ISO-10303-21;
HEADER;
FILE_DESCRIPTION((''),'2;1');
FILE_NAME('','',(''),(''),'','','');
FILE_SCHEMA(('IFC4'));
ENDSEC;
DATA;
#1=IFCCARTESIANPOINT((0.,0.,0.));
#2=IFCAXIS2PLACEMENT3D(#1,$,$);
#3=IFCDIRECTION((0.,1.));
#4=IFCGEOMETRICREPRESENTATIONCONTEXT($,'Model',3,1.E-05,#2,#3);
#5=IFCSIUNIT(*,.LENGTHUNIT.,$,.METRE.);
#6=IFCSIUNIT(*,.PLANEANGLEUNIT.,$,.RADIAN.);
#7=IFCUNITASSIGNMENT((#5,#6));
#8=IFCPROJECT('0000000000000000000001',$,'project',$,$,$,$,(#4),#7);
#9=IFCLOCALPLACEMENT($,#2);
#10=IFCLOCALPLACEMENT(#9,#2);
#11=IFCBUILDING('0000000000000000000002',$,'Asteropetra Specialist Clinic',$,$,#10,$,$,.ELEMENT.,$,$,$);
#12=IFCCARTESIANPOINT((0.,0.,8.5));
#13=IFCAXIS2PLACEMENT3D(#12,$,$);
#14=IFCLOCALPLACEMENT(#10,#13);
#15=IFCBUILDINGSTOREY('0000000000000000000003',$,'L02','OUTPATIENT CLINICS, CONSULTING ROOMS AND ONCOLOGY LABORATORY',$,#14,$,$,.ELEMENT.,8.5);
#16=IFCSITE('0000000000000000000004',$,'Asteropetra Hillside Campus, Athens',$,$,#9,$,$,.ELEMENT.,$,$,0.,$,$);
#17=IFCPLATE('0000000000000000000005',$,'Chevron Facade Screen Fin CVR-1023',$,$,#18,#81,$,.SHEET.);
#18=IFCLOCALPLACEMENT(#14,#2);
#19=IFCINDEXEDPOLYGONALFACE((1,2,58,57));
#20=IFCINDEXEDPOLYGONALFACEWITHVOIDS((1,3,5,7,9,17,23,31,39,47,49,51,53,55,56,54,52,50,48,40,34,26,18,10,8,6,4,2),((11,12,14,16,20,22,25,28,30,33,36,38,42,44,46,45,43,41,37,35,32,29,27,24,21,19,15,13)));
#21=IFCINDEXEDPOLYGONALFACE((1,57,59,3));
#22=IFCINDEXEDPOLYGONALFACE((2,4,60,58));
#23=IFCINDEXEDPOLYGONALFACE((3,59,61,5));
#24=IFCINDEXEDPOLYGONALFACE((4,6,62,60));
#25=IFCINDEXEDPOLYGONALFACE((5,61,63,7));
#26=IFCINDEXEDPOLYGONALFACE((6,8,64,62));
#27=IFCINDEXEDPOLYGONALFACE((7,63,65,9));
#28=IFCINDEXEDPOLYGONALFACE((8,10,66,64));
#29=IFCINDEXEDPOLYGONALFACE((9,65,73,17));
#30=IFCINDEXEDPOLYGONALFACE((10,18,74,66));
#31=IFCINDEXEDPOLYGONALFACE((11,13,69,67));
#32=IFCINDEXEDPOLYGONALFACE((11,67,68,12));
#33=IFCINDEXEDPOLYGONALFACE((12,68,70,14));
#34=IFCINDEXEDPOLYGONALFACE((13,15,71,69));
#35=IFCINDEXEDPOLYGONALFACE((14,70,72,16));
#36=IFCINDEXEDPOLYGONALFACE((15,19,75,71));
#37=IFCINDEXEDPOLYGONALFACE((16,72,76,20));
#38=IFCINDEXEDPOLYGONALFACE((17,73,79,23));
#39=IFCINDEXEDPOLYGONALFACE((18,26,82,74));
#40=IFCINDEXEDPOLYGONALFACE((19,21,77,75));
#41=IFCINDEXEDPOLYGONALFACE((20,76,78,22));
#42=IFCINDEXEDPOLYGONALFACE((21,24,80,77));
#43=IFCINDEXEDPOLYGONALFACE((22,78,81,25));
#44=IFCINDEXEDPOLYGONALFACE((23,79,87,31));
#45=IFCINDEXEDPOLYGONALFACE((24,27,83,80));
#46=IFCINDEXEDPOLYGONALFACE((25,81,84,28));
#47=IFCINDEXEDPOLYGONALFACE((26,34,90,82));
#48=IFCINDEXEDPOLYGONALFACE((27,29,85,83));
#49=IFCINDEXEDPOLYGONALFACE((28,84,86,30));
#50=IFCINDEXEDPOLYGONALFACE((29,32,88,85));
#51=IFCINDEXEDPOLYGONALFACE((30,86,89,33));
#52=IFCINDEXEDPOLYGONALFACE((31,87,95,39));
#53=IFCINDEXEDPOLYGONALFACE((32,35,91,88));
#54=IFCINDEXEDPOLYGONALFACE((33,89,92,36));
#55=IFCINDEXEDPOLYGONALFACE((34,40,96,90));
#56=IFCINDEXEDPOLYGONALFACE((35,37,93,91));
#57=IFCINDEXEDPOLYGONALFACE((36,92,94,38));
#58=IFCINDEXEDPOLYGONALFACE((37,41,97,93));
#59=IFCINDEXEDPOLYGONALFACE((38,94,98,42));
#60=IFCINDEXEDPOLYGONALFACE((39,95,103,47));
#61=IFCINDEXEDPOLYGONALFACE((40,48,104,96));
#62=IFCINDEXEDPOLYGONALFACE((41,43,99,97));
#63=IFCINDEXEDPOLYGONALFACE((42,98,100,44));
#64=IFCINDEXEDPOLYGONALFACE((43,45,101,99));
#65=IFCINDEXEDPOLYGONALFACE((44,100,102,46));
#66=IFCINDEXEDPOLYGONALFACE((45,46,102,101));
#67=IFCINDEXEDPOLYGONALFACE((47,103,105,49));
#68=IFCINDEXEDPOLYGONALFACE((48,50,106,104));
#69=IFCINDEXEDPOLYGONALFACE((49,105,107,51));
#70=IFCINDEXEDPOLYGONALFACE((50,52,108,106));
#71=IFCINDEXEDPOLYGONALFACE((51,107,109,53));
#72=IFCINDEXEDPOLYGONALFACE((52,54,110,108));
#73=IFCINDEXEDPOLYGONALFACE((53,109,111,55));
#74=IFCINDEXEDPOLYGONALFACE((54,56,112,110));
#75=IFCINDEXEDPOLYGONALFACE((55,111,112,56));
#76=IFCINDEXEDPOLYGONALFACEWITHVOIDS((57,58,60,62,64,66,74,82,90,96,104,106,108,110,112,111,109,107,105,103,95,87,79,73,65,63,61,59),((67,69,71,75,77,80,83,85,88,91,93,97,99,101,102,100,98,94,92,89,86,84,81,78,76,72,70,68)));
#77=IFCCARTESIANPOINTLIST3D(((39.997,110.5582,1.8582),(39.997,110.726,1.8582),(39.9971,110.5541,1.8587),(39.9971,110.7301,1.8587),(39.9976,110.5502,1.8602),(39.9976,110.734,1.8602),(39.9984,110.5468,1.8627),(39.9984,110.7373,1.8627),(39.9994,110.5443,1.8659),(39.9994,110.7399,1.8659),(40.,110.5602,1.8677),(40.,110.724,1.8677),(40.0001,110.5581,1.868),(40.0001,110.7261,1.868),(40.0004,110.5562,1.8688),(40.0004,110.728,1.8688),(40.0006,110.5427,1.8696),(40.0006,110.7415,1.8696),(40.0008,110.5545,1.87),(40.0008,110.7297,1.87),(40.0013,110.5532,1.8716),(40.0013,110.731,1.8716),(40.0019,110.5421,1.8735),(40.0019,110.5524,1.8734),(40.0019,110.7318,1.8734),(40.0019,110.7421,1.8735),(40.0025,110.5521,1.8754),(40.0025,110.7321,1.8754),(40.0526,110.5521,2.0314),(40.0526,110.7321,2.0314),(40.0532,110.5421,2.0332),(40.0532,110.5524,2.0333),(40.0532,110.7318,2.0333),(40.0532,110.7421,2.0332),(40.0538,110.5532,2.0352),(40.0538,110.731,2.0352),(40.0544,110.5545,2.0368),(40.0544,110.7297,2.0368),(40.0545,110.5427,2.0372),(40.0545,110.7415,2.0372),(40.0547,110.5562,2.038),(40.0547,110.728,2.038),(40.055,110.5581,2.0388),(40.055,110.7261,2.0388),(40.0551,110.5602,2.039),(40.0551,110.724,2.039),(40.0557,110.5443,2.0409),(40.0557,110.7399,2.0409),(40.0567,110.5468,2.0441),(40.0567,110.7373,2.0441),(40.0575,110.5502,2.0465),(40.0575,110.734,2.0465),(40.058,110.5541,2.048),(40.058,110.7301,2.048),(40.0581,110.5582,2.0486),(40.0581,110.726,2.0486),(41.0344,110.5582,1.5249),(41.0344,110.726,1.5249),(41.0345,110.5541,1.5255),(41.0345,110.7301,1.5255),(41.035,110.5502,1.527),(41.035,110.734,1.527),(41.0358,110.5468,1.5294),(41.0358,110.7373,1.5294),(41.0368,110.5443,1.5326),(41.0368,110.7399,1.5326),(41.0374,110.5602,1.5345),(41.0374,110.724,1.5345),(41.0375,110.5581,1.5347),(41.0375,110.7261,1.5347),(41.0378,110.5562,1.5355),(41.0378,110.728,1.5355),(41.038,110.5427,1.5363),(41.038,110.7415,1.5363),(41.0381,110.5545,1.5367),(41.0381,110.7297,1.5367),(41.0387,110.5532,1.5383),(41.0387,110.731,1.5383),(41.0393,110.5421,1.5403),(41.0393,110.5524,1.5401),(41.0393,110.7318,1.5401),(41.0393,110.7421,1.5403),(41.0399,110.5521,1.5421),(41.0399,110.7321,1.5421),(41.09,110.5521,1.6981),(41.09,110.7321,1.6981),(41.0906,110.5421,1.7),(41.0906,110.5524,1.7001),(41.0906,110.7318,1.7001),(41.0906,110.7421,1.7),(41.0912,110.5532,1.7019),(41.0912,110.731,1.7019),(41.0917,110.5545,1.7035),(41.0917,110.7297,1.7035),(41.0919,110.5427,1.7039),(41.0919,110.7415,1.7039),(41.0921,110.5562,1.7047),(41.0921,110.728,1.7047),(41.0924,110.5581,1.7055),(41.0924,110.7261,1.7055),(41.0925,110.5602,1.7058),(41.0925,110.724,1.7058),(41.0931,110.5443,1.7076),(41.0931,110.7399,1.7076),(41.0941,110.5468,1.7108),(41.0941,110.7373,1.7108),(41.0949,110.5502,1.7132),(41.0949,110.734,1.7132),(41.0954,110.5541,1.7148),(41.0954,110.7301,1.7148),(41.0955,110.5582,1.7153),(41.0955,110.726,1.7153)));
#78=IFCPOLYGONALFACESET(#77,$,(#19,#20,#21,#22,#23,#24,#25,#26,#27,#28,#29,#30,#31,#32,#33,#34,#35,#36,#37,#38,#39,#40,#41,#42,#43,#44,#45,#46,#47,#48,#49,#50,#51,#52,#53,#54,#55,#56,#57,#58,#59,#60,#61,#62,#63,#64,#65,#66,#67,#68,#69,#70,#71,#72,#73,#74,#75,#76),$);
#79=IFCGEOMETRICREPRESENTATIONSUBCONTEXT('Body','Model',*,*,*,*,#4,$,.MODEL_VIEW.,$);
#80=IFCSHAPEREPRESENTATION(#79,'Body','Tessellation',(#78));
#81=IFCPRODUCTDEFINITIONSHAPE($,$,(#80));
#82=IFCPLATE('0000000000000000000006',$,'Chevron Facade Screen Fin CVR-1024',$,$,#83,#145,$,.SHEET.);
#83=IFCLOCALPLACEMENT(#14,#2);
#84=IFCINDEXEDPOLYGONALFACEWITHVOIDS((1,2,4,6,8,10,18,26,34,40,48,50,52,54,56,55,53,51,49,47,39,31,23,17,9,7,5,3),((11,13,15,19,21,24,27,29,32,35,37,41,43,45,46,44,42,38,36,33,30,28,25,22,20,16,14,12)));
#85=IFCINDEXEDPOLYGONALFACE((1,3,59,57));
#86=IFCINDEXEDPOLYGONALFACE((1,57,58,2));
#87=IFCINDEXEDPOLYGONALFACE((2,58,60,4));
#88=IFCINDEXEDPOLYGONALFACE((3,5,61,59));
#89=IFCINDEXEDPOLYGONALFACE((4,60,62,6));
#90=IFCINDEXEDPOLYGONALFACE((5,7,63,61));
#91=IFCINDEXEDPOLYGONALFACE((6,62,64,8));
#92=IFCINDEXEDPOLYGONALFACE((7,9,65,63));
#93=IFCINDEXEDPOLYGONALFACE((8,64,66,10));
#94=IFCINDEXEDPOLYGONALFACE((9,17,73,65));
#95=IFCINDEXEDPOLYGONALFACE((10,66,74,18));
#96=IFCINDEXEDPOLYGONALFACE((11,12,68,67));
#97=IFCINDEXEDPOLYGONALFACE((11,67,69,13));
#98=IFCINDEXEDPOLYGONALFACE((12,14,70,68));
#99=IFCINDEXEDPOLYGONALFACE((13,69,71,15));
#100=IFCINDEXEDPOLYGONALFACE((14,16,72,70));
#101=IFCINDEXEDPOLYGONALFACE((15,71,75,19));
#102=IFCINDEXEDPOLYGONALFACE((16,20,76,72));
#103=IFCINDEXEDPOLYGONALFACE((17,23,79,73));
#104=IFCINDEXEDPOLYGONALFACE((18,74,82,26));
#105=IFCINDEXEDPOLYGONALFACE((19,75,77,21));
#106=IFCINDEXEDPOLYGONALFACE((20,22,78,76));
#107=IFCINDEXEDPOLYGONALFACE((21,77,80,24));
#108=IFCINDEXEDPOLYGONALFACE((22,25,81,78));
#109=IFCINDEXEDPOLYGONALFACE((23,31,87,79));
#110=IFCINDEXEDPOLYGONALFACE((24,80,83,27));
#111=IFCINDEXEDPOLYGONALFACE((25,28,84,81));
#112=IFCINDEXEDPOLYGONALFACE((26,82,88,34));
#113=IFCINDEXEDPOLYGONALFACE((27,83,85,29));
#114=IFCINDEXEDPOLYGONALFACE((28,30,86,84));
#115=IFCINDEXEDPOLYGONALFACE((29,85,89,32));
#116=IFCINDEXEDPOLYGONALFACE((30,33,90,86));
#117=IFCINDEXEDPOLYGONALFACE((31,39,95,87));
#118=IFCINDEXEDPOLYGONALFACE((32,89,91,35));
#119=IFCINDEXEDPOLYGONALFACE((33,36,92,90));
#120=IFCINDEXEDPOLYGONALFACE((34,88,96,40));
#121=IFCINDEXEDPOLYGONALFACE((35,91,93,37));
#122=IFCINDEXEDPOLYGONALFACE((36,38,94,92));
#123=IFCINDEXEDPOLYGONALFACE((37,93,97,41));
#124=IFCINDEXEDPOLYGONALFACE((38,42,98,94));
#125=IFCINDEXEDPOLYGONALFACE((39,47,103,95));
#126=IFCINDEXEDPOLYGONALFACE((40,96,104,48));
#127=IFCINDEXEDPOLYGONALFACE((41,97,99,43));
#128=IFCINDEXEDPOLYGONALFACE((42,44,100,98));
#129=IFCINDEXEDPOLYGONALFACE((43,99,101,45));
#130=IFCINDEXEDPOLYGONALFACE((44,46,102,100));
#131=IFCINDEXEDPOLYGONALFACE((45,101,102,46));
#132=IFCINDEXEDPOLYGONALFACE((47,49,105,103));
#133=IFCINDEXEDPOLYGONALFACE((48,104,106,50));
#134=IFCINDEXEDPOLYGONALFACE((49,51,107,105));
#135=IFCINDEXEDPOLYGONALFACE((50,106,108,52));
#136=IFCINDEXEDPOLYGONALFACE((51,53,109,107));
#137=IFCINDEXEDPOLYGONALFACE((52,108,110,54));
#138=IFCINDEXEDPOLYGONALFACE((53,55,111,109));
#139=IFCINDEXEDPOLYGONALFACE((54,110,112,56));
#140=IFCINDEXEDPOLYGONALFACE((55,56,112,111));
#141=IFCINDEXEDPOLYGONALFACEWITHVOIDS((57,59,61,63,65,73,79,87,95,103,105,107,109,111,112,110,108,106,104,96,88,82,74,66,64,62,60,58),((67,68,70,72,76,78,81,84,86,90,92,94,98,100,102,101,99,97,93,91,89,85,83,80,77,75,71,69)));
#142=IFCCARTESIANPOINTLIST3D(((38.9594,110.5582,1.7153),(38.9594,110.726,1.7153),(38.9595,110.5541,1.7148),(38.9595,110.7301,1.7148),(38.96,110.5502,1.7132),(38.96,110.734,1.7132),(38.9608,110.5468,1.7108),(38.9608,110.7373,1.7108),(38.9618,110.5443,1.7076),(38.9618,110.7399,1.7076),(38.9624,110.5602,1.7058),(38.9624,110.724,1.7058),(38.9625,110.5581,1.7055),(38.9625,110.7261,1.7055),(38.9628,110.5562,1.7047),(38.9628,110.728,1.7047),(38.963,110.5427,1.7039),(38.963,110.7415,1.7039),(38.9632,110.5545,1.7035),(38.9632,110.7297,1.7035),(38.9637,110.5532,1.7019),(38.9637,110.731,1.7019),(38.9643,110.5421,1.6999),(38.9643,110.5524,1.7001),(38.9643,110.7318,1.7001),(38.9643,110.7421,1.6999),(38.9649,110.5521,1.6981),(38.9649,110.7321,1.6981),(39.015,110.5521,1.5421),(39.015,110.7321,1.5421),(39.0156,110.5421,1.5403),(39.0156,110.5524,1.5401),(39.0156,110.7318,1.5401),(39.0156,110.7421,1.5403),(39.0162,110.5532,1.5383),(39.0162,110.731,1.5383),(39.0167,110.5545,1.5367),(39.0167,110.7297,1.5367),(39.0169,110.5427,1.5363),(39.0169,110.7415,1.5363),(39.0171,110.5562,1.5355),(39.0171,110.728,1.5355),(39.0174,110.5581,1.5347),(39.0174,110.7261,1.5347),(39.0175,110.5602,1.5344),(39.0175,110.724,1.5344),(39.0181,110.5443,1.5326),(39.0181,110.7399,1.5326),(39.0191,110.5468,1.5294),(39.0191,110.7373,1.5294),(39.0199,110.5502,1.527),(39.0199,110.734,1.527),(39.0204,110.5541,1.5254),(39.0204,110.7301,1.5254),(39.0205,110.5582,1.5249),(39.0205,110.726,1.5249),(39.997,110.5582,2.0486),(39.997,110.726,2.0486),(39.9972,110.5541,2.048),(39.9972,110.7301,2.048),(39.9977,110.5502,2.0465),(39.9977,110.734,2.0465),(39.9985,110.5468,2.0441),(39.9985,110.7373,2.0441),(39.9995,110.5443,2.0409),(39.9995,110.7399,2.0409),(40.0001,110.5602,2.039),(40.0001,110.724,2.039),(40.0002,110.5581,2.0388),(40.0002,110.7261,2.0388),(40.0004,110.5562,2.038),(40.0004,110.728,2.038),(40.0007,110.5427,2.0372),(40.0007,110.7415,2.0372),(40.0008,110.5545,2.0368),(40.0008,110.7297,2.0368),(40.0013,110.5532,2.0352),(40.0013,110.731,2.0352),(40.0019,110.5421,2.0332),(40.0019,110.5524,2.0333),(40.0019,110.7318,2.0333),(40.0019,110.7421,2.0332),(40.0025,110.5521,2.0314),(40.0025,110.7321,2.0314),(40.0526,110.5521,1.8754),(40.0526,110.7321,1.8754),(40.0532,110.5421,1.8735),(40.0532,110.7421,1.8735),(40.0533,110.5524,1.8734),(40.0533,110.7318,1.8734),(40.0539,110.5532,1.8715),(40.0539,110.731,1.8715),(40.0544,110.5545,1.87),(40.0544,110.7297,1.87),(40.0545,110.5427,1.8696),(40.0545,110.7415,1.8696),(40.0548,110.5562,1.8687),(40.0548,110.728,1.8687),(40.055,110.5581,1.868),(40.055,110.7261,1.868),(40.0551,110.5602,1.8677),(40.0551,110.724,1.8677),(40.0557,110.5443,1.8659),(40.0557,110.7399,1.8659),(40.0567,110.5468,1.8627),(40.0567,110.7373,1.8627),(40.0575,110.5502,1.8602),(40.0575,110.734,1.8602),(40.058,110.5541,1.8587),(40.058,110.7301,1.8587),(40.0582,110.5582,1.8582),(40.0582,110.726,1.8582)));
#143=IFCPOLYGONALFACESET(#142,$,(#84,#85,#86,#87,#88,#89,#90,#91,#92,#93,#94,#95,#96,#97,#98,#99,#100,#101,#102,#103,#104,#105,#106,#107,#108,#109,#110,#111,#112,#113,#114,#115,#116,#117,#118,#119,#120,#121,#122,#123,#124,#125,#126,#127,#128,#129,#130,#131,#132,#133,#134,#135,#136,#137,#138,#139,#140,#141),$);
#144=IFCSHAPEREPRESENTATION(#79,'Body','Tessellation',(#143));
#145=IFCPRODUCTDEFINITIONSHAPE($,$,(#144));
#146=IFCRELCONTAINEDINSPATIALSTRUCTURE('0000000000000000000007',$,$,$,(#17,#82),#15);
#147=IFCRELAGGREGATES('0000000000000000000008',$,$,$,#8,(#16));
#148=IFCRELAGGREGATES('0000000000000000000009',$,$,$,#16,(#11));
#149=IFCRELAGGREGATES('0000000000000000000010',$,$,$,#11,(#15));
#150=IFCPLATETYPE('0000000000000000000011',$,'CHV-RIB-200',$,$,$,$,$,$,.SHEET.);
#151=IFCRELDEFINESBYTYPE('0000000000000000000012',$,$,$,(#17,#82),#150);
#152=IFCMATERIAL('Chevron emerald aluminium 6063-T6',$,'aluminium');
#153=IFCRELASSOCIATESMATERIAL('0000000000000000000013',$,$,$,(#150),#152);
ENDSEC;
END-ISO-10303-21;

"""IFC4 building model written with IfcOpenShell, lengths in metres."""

from ifc_helpers import new_model, si_unit, direction, frame, origin, origin_2d, place, context, subcontext, project, spatial, hollow_rectangle, extrude, material, material_profile, profile_set, type_object, element, save


model = new_model("IFC4")

# Units and contexts
model_context = context("Model", 3, precision=1e-05, world=origin(), true_north=direction((0.0, 1.0)))
body_context = subcontext(model_context, "Body", "Model", "MODEL_VIEW")
ifc_project = project(units=[si_unit("LENGTHUNIT", "METRE"), si_unit("PLANEANGLEUNIT", "RADIAN")], contexts=[model_context])

# Site, building, storey
site_placement = place(None, origin())
site = spatial("IfcSite", under=ifc_project, at=site_placement, Name="Asteropetra Hillside Campus, Athens", CompositionType="ELEMENT", RefElevation=0.0)
building_placement = place(site_placement, origin())
building = spatial("IfcBuilding", under=site, at=building_placement, Name="Asteropetra Specialist Clinic", CompositionType="ELEMENT")
storey_placement = place(building_placement, frame((0.0, 0.0, 8.5)))
storey = spatial("IfcBuildingStorey", under=building, at=storey_placement, Name="L02", Description="OUTPATIENT CLINICS, CONSULTING ROOMS AND ONCOLOGY LABORATORY", CompositionType="ELEMENT", Elevation=8.5)

# Plates
ifc_material_1 = material(Name="Chevron emerald aluminium 6063-T6", Category="aluminium")
ifc_material_profile_1 = material_profile(ifc_material_1, hollow_rectangle(XDim=0.2, YDim=0.2, WallThickness=0.01, InnerFilletRadius=0.0081, OuterFilletRadius=0.0161, at=origin_2d()), Name="SHS 200x200x10.0")
ifc_profile_set_1 = profile_set([ifc_material_profile_1], Name="Chevron emerald aluminium 6063-T6")
plate_type = type_object("IfcPlateType", Name="CHV-RIB-200", PredefinedType="SHEET", material=ifc_profile_set_1)
plate_1_placement = place(storey_placement, frame((41.0649, 110.6421, 1.6201), z_axis=(-0.952078, 0.0, 0.305857), x_axis=(0.0, -1.0, 0.0)))
element("IfcPlate", 1, at=plate_1_placement, inside=storey, type_object=plate_type, Name="Chevron Facade Screen Fin CVR-1023", PredefinedType="SHEET", context=body_context, shape_type="SweptSolid", body=[
    extrude(hollow_rectangle(XDim=0.2, YDim=0.2, WallThickness=0.01, InnerFilletRadius=0.0081, OuterFilletRadius=0.0161, at=origin_2d()), origin(), (0.0, 0.0, 1.0), 1.0896),
])
plate_2_placement = place(storey_placement, frame((40.0276, 110.6421, 1.9534), z_axis=(-0.952098, 0.0, -0.305792), x_axis=(0.0, -1.0, 0.0)))
element("IfcPlate", 2, at=plate_2_placement, inside=storey, type_object=plate_type, Name="Chevron Facade Screen Fin CVR-1024", PredefinedType="SHEET", context=body_context, shape_type="SweptSolid", body=[
    extrude(hollow_rectangle(XDim=0.2, YDim=0.2, WallThickness=0.01, InnerFilletRadius=0.0081, OuterFilletRadius=0.0161, at=origin_2d()), origin(), (0.0, 0.0, 1.0), 1.0898),
])

save(model, "model.ifc")
